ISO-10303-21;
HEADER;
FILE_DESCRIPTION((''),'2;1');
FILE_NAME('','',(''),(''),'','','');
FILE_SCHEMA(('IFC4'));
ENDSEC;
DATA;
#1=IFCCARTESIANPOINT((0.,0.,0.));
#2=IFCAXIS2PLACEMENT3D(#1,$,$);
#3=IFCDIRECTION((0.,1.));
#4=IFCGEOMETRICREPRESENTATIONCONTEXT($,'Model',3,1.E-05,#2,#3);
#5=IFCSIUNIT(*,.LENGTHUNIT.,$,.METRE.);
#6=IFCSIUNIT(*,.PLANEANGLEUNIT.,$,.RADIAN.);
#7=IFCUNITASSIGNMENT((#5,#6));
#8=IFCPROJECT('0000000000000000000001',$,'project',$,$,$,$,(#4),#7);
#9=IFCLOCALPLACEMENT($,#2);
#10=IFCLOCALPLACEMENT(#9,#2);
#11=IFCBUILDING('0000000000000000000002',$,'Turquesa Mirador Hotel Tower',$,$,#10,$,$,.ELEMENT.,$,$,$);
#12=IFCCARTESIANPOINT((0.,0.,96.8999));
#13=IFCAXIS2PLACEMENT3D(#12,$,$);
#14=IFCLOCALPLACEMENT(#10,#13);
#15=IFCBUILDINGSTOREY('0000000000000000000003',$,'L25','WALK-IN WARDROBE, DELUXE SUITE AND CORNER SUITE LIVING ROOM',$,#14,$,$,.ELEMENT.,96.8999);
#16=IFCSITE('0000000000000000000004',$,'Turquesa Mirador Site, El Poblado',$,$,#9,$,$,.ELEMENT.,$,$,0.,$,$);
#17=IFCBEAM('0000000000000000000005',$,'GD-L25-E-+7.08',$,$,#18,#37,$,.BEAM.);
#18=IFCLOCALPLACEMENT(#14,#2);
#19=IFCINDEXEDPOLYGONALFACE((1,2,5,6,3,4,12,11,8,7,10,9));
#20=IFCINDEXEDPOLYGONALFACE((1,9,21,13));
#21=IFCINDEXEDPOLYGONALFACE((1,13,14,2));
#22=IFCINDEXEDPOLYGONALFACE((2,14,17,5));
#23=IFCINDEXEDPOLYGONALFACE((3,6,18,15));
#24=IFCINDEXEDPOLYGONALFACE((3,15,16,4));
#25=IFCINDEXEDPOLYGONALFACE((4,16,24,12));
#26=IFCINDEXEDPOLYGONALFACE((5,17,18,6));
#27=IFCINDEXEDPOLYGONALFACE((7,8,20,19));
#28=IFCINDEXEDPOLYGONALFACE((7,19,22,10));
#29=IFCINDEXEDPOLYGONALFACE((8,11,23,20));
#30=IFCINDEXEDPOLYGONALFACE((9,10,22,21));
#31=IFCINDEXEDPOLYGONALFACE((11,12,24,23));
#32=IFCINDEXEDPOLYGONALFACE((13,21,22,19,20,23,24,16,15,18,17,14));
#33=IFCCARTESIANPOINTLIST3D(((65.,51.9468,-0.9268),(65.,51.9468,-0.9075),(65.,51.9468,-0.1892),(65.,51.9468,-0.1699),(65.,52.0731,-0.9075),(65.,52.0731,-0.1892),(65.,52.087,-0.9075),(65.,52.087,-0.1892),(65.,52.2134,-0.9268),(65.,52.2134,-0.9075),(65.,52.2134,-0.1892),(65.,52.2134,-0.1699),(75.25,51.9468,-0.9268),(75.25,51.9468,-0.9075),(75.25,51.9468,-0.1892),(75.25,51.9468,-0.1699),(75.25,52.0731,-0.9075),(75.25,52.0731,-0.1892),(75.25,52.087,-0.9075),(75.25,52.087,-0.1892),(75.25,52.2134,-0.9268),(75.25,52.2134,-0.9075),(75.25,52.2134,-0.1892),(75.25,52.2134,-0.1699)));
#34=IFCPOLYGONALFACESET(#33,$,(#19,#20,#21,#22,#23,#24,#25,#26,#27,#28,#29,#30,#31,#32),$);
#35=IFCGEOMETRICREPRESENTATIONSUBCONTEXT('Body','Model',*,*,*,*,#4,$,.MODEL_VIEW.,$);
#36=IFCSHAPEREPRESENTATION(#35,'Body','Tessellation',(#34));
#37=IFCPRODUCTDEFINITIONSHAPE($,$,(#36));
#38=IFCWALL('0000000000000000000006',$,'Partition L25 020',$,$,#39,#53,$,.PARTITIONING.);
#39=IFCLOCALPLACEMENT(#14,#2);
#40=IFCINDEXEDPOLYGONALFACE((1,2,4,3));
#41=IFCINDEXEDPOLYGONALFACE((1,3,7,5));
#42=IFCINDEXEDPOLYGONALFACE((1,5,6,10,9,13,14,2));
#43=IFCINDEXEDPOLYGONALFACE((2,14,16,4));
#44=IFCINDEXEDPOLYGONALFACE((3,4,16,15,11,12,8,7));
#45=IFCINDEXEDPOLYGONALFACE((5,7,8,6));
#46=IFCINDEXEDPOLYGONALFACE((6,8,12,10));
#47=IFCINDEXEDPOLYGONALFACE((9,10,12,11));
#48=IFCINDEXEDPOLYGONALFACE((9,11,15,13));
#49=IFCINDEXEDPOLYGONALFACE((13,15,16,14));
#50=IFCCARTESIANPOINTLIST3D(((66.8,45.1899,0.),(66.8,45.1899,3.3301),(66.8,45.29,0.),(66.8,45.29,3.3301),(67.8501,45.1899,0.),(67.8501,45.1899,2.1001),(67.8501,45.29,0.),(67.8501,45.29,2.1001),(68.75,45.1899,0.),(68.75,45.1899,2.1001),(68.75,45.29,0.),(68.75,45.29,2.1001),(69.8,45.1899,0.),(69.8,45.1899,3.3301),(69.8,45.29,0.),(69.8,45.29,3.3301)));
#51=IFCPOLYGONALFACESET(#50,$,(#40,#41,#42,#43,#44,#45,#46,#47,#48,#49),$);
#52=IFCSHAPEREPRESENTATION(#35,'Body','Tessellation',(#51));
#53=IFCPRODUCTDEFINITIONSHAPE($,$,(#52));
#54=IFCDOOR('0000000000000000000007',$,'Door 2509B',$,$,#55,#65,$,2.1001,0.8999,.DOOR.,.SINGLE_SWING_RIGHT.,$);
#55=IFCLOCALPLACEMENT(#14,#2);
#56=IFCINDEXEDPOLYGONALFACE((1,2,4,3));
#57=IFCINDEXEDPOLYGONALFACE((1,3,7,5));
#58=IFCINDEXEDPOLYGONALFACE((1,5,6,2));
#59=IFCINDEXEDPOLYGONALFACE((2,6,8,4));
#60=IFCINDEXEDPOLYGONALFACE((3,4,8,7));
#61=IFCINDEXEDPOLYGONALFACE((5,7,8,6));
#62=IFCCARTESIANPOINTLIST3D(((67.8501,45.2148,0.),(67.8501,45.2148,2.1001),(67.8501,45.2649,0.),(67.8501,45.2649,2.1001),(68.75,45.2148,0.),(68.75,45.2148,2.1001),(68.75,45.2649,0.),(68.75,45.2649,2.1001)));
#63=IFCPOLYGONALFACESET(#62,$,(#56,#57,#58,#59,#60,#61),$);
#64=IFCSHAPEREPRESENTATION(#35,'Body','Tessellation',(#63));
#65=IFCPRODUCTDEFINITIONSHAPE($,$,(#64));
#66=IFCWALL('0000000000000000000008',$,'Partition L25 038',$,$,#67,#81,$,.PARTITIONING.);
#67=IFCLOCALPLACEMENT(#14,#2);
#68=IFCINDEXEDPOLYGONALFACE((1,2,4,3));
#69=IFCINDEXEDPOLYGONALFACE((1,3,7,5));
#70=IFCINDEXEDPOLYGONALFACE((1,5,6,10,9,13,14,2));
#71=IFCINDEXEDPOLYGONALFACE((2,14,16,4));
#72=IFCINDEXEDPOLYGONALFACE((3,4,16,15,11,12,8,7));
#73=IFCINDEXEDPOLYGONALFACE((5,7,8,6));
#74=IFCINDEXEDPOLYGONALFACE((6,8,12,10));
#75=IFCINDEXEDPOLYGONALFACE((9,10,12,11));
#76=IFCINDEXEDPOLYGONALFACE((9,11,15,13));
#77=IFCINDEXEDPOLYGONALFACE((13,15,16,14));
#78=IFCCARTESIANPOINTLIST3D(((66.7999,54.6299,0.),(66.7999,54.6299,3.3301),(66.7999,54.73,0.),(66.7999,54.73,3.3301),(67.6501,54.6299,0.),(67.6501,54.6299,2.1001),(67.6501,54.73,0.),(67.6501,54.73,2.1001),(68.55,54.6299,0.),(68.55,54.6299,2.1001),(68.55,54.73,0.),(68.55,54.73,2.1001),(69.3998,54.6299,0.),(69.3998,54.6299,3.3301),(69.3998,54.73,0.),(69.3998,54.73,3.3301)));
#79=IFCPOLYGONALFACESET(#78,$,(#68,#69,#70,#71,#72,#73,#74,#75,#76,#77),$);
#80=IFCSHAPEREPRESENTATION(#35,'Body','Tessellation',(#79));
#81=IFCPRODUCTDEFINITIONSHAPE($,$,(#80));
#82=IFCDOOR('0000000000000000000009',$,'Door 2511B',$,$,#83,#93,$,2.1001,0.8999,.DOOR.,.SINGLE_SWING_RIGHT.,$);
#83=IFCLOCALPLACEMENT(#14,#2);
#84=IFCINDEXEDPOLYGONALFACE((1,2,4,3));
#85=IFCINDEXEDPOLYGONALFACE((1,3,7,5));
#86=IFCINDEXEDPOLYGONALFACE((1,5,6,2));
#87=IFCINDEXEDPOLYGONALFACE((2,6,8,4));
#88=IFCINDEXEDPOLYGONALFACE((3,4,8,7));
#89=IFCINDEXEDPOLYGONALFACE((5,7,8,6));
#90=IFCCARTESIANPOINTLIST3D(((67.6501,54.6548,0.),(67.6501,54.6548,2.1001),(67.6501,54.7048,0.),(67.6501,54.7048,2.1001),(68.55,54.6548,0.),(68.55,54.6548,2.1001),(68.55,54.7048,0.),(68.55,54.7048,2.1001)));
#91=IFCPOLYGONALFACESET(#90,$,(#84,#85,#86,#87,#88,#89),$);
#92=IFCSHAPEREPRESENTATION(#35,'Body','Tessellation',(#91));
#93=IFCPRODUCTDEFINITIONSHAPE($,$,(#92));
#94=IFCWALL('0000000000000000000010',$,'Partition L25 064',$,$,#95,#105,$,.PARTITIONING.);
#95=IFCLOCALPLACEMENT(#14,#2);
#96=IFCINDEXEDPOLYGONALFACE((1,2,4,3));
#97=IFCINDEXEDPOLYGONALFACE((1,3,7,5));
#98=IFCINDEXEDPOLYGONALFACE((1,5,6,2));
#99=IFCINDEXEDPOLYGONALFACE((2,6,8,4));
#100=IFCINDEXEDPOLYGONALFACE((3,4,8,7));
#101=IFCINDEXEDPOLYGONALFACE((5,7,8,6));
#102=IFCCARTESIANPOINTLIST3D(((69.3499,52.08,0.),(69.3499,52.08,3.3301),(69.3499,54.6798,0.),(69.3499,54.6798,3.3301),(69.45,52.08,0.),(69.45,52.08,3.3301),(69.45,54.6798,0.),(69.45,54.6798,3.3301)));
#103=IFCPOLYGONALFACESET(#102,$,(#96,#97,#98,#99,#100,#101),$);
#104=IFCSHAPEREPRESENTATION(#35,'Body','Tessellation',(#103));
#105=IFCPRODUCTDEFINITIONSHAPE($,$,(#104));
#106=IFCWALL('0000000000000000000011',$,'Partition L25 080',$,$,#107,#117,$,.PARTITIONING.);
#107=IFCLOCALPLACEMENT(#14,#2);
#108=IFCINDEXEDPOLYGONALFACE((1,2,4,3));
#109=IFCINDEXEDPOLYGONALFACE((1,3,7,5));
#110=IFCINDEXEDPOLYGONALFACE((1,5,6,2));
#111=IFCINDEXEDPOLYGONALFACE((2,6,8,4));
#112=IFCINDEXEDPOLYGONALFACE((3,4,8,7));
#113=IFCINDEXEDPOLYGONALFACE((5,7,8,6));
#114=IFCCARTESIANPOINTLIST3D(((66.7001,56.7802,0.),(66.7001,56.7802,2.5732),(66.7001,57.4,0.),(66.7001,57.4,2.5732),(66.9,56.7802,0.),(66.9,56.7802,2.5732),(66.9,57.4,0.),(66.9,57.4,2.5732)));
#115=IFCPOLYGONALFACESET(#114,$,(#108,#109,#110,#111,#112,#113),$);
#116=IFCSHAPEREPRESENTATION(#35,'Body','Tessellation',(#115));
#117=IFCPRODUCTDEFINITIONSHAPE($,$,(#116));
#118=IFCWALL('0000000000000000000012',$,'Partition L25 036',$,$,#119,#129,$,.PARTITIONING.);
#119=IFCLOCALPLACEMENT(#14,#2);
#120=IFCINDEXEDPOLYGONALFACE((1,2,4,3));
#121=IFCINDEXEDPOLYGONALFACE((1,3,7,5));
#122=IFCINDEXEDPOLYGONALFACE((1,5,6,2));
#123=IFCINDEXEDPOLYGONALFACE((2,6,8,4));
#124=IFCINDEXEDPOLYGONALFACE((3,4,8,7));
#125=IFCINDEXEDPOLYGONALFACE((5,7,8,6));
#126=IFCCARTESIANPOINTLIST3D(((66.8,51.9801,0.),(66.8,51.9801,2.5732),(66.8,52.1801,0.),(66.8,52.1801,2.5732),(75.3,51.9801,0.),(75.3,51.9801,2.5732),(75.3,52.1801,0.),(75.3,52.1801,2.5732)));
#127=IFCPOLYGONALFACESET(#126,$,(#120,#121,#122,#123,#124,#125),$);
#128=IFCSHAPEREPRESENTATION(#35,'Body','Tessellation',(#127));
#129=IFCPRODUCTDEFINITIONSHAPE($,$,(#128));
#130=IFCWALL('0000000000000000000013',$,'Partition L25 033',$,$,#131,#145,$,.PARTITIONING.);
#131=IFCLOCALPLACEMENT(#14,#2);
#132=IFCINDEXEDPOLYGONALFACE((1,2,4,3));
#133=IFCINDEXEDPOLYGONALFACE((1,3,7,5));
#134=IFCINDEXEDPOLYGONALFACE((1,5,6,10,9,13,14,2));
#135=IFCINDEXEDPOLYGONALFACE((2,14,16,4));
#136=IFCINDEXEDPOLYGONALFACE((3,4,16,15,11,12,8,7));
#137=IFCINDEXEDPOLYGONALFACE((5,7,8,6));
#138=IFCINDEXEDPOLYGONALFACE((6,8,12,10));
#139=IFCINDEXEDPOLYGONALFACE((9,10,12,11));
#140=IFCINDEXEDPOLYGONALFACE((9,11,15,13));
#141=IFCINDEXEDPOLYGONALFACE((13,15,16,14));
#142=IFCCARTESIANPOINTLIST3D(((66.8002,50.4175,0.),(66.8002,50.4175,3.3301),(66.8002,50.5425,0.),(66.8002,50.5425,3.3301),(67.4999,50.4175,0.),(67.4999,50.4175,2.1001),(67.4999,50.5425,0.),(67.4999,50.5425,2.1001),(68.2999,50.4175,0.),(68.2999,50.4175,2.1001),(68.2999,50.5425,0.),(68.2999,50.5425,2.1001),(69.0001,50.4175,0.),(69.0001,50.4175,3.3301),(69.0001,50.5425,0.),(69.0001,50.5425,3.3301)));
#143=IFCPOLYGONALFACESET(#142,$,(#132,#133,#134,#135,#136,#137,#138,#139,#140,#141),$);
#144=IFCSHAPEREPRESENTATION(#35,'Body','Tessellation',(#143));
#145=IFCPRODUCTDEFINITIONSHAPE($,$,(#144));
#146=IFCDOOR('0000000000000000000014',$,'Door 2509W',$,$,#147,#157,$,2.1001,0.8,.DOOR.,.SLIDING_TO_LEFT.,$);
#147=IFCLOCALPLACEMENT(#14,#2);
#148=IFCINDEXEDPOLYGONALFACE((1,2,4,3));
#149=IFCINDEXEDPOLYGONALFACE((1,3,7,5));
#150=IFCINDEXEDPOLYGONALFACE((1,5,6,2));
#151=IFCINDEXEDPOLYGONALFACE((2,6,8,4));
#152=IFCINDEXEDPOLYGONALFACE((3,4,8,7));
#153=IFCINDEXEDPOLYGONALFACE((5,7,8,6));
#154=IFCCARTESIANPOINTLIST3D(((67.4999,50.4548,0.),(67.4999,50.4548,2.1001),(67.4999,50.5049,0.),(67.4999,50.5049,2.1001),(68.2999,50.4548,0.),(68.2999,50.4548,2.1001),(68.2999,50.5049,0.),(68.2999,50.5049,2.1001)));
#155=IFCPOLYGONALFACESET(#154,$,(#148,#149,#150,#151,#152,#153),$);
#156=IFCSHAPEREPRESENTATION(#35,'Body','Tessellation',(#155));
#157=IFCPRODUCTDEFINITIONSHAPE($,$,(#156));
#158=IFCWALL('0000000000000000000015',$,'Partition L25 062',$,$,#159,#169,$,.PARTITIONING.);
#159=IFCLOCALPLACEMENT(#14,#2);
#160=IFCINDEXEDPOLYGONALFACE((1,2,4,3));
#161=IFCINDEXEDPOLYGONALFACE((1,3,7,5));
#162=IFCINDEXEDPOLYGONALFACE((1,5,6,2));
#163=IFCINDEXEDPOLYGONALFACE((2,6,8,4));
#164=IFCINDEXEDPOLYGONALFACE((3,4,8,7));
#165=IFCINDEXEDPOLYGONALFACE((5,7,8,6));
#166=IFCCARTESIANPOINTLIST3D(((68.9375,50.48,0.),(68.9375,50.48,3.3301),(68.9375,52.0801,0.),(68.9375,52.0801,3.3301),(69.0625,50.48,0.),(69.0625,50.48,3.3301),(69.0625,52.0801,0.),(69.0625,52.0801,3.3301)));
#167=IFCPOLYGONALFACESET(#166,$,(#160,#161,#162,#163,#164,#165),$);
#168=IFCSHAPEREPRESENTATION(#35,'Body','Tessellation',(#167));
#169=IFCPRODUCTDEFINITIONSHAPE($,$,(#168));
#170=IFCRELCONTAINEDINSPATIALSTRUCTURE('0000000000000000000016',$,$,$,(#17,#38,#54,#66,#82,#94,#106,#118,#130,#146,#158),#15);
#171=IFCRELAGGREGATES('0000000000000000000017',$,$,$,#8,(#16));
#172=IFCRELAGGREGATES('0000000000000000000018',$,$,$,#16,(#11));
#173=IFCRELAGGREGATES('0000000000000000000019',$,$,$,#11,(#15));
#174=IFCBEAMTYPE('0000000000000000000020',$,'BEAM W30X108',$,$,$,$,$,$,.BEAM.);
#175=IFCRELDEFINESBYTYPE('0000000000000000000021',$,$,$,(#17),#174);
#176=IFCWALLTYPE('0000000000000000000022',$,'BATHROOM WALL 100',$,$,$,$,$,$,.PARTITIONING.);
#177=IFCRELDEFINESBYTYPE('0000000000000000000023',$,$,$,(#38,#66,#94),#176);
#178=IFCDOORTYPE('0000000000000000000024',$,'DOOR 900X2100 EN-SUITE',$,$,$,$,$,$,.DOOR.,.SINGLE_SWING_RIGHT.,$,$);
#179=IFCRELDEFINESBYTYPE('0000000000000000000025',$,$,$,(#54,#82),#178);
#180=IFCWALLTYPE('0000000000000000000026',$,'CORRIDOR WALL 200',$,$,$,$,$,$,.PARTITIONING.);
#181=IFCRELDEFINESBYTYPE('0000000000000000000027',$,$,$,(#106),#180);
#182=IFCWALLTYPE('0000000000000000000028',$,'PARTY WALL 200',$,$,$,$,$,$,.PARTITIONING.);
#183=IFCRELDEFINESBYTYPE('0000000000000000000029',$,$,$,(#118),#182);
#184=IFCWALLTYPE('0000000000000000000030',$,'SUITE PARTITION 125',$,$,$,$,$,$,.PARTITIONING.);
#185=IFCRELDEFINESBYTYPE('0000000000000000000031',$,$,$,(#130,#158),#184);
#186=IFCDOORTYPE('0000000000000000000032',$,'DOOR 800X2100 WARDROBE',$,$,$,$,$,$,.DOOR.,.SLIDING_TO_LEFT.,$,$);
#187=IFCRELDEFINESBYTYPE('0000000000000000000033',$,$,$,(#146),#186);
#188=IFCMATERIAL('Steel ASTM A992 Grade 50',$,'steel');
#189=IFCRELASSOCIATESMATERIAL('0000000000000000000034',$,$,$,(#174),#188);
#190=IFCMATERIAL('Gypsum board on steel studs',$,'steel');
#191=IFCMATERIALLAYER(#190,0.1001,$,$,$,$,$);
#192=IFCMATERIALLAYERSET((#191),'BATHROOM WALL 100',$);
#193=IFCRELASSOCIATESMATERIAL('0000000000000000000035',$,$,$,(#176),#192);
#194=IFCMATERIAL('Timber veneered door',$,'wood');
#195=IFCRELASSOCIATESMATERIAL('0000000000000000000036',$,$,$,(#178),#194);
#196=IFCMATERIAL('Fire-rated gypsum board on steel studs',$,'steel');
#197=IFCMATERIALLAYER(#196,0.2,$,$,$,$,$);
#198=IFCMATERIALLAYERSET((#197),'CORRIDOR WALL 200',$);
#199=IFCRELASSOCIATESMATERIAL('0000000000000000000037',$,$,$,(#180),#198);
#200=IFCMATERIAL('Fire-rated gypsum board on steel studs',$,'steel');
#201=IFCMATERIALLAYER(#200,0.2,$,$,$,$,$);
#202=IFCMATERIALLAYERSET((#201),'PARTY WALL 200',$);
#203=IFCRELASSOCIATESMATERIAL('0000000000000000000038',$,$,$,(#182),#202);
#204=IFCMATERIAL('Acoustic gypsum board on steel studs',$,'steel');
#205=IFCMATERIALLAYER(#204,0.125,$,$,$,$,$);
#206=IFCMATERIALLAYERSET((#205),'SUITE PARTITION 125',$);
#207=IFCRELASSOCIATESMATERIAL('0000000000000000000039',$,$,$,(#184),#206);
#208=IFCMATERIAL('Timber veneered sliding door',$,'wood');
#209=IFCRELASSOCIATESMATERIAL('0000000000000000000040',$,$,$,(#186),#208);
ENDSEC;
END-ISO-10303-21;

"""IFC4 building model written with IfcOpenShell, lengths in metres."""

from ifc_helpers import new_model, si_unit, direction, frame, frame_2d, origin, origin_2d, place, context, subcontext, project, spatial, rectangle, i_section, extrude, material, layer, layer_set, material_profile, profile_set, type_object, element, fill, save


model = new_model("IFC4")

# Units and contexts
model_context = context("Model", 3, precision=1e-05, world=origin(), true_north=direction((0.0, 1.0)))
body_context = subcontext(model_context, "Body", "Model", "MODEL_VIEW")
ifc_project = project(units=[si_unit("LENGTHUNIT", "METRE"), si_unit("PLANEANGLEUNIT", "RADIAN")], contexts=[model_context])

# Site, building, storey
site_placement = place(None, origin())
site = spatial("IfcSite", under=ifc_project, at=site_placement, Name="Turquesa Mirador Site, El Poblado", CompositionType="ELEMENT", RefElevation=0.0)
building_placement = place(site_placement, origin())
building = spatial("IfcBuilding", under=site, at=building_placement, Name="Turquesa Mirador Hotel Tower", CompositionType="ELEMENT")
storey_placement = place(building_placement, frame((0.0, 0.0, 96.8999)))
storey = spatial("IfcBuildingStorey", under=building, at=storey_placement, Name="L25", Description="WALK-IN WARDROBE, DELUXE SUITE AND CORNER SUITE LIVING ROOM", CompositionType="ELEMENT", Elevation=96.8999)

# Beam
ifc_material_1 = material(Name="Steel ASTM A992 Grade 50", Category="steel")
ifc_material_profile_1 = material_profile(ifc_material_1, i_section(OverallWidth=0.2666, OverallDepth=0.7568, WebThickness=0.0139, FlangeThickness=0.0193, at=origin_2d()), Name="W30X108")
ifc_profile_set_1 = profile_set([ifc_material_profile_1], Name="Steel ASTM A992 Grade 50")
beam_type_1 = type_object("IfcBeamType", Name="BEAM W30X108", PredefinedType="BEAM", material=ifc_profile_set_1)
beam_1_placement = place(storey_placement, frame((75.25, 52.0801, -0.5483), z_axis=(-1.0, 0.0, 0.0), x_axis=(0.0, -1.0, 0.0)))
element("IfcBeam", 1, at=beam_1_placement, inside=storey, type_object=beam_type_1, Name="GD-L25-E-+7.08", PredefinedType="BEAM", context=body_context, shape_type="SweptSolid", body=[
    extrude(i_section(OverallWidth=0.2666, OverallDepth=0.7568, WebThickness=0.0139, FlangeThickness=0.0193, at=origin_2d()), origin(), (0.0, 0.0, 1.0), 10.25),
])

# Walls, openings, doors
ifc_material_2 = material(Name="Gypsum board on steel studs", Category="steel")
ifc_layer_1 = layer(ifc_material_2, 0.1001)
ifc_layer_set_1 = layer_set([ifc_layer_1], Name="BATHROOM WALL 100")
wall_type_1 = type_object("IfcWallType", Name="BATHROOM WALL 100", PredefinedType="PARTITIONING", material=ifc_layer_set_1)
wall_1_placement = place(storey_placement, frame((66.8, 45.24, 0.0), z_axis=(0.0, 0.0, 1.0), x_axis=(1.0, 0.0, 0.0)))
wall_1 = element("IfcWall", 2, at=wall_1_placement, inside=storey, type_object=wall_type_1, Name="Partition L25 020", PredefinedType="PARTITIONING", context=body_context, shape_type="SweptSolid", body=[
    extrude(rectangle(XDim=3.0, YDim=0.1001, at=frame_2d((1.5, 0.0))), origin(), (0.0, 0.0, 1.0), 3.3301),
])
opening_1_placement = place(wall_1_placement, frame((1.05, 0.0, 0.0)))
opening_1 = element("IfcOpeningElement", 3, at=opening_1_placement, cuts=wall_1, PredefinedType="OPENING", context=body_context, shape_type="SweptSolid", body=[
    extrude(rectangle(XDim=0.8999, YDim=2.1001, at=frame_2d((0.45, 1.05))), frame((0.0, 0.0601, 0.0), z_axis=(0.0, -1.0, 0.0), x_axis=(1.0, 0.0, 0.0)), (0.0, 0.0, 1.0), 0.1201),
])
ifc_material_3 = material(Name="Timber veneered door", Category="wood")
door_type_1 = type_object("IfcDoorType", Name="DOOR 900X2100 EN-SUITE", OperationType="SINGLE_SWING_RIGHT", PredefinedType="DOOR", material=ifc_material_3)
door_1_placement = place(opening_1_placement, origin())
door_1 = element("IfcDoor", 4, at=door_1_placement, inside=storey, type_object=door_type_1, Name="Door 2509B", OperationType="SINGLE_SWING_RIGHT", OverallHeight=2.1001, OverallWidth=0.8999, PredefinedType="DOOR", context=body_context, shape_type="SweptSolid", body=[
    extrude(rectangle(XDim=0.8999, YDim=2.1001, at=frame_2d((0.45, 1.05))), frame((0.0, 0.0249, 0.0), z_axis=(0.0, -1.0, 0.0), x_axis=(1.0, 0.0, 0.0)), (0.0, 0.0, 1.0), 0.05),
])
fill(opening_1, door_1)
wall_2_placement = place(storey_placement, frame((66.8, 54.6799, 0.0), z_axis=(0.0, 0.0, 1.0), x_axis=(1.0, 0.0, 0.0)))
wall_2 = element("IfcWall", 5, at=wall_2_placement, inside=storey, type_object=wall_type_1, Name="Partition L25 038", PredefinedType="PARTITIONING", context=body_context, shape_type="SweptSolid", body=[
    extrude(rectangle(XDim=2.5999, YDim=0.1001, at=frame_2d((1.2998, 0.0))), origin(), (0.0, 0.0, 1.0), 3.3301),
])
opening_2_placement = place(wall_2_placement, frame((0.8501, 0.0, 0.0)))
opening_2 = element("IfcOpeningElement", 6, at=opening_2_placement, cuts=wall_2, PredefinedType="OPENING", context=body_context, shape_type="SweptSolid", body=[
    extrude(rectangle(XDim=0.8999, YDim=2.1001, at=frame_2d((0.45, 1.05))), frame((0.0, 0.0601, 0.0), z_axis=(0.0, -1.0, 0.0), x_axis=(1.0, 0.0, 0.0)), (0.0, 0.0, 1.0), 0.1201),
])
door_2_placement = place(opening_2_placement, origin())
door_2 = element("IfcDoor", 7, at=door_2_placement, inside=storey, type_object=door_type_1, Name="Door 2511B", OperationType="SINGLE_SWING_RIGHT", OverallHeight=2.1001, OverallWidth=0.8999, PredefinedType="DOOR", context=body_context, shape_type="SweptSolid", body=[
    extrude(rectangle(XDim=0.8999, YDim=2.1001, at=frame_2d((0.45, 1.05))), frame((0.0, 0.0249, 0.0), z_axis=(0.0, -1.0, 0.0), x_axis=(1.0, 0.0, 0.0)), (0.0, 0.0, 1.0), 0.05),
])
fill(opening_2, door_2)

# Walls
wall_3_placement = place(storey_placement, frame((69.3999, 52.0801, 0.0), z_axis=(0.0, 0.0, 1.0), x_axis=(0.0, 1.0, 0.0)))
element("IfcWall", 8, at=wall_3_placement, inside=storey, type_object=wall_type_1, Name="Partition L25 064", PredefinedType="PARTITIONING", context=body_context, shape_type="SweptSolid", body=[
    extrude(rectangle(XDim=2.5999, YDim=0.1001, at=frame_2d((1.2998, 0.0))), origin(), (0.0, 0.0, 1.0), 3.3301),
])
ifc_material_4 = material(Name="Fire-rated gypsum board on steel studs", Category="steel")
ifc_layer_2 = layer(ifc_material_4, 0.2)
ifc_layer_set_2 = layer_set([ifc_layer_2], Name="CORRIDOR WALL 200")
wall_type_2 = type_object("IfcWallType", Name="CORRIDOR WALL 200", PredefinedType="PARTITIONING", material=ifc_layer_set_2)
wall_4_placement = place(storey_placement, frame((66.8, 56.78, 0.0), z_axis=(0.0, 0.0, 1.0), x_axis=(0.0, 1.0, 0.0)))
element("IfcWall", 9, at=wall_4_placement, inside=storey, type_object=wall_type_2, Name="Partition L25 080", PredefinedType="PARTITIONING", context=body_context, shape_type="SweptSolid", body=[
    extrude(rectangle(XDim=0.6199, YDim=0.2, at=frame_2d((0.3101, 0.0))), origin(), (0.0, 0.0, 1.0), 2.5732),
])
ifc_material_5 = material(Name="Fire-rated gypsum board on steel studs", Category="steel")
ifc_layer_3 = layer(ifc_material_5, 0.2)
ifc_layer_set_3 = layer_set([ifc_layer_3], Name="PARTY WALL 200")
wall_type_3 = type_object("IfcWallType", Name="PARTY WALL 200", PredefinedType="PARTITIONING", material=ifc_layer_set_3)
wall_5_placement = place(storey_placement, frame((66.8, 52.0801, 0.0), z_axis=(0.0, 0.0, 1.0), x_axis=(1.0, 0.0, 0.0)))
element("IfcWall", 10, at=wall_5_placement, inside=storey, type_object=wall_type_3, Name="Partition L25 036", PredefinedType="PARTITIONING", context=body_context, shape_type="SweptSolid", body=[
    extrude(rectangle(XDim=8.5, YDim=0.2, at=frame_2d((4.25, 0.0))), origin(), (0.0, 0.0, 1.0), 2.5732),
])

# Wall, opening, door
ifc_material_6 = material(Name="Acoustic gypsum board on steel studs", Category="steel")
ifc_layer_4 = layer(ifc_material_6, 0.125)
ifc_layer_set_4 = layer_set([ifc_layer_4], Name="SUITE PARTITION 125")
wall_type_4 = type_object("IfcWallType", Name="SUITE PARTITION 125", PredefinedType="PARTITIONING", material=ifc_layer_set_4)
wall_6_placement = place(storey_placement, frame((66.8, 50.48, 0.0), z_axis=(0.0, 0.0, 1.0), x_axis=(1.0, 0.0, 0.0)))
wall_6 = element("IfcWall", 11, at=wall_6_placement, inside=storey, type_object=wall_type_4, Name="Partition L25 033", PredefinedType="PARTITIONING", context=body_context, shape_type="SweptSolid", body=[
    extrude(rectangle(XDim=2.2, YDim=0.125, at=frame_2d((1.1001, 0.0))), origin(), (0.0, 0.0, 1.0), 3.3301),
])
opening_3_placement = place(wall_6_placement, frame((0.7, 0.0, 0.0)))
opening_3 = element("IfcOpeningElement", 12, at=opening_3_placement, cuts=wall_6, PredefinedType="OPENING", context=body_context, shape_type="SweptSolid", body=[
    extrude(rectangle(XDim=0.8, YDim=2.1001, at=frame_2d((0.3999, 1.05))), frame((0.0, 0.0725, 0.0), z_axis=(0.0, -1.0, 0.0), x_axis=(1.0, 0.0, 0.0)), (0.0, 0.0, 1.0), 0.145),
])
ifc_material_7 = material(Name="Timber veneered sliding door", Category="wood")
door_type_2 = type_object("IfcDoorType", Name="DOOR 800X2100 WARDROBE", OperationType="SLIDING_TO_LEFT", PredefinedType="DOOR", material=ifc_material_7)
door_3_placement = place(opening_3_placement, origin())
door_3 = element("IfcDoor", 13, at=door_3_placement, inside=storey, type_object=door_type_2, Name="Door 2509W", OperationType="SLIDING_TO_LEFT", OverallHeight=2.1001, OverallWidth=0.8, PredefinedType="DOOR", context=body_context, shape_type="SweptSolid", body=[
    extrude(rectangle(XDim=0.8, YDim=2.1001, at=frame_2d((0.3999, 1.05))), frame((0.0, 0.0249, 0.0), z_axis=(0.0, -1.0, 0.0), x_axis=(1.0, 0.0, 0.0)), (0.0, 0.0, 1.0), 0.05),
])
fill(opening_3, door_3)

# Wall
wall_7_placement = place(storey_placement, frame((69.0, 50.48, 0.0), z_axis=(0.0, 0.0, 1.0), x_axis=(0.0, 1.0, 0.0)))
element("IfcWall", 14, at=wall_7_placement, inside=storey, type_object=wall_type_4, Name="Partition L25 062", PredefinedType="PARTITIONING", context=body_context, shape_type="SweptSolid", body=[
    extrude(rectangle(XDim=1.6001, YDim=0.125, at=frame_2d((0.8, 0.0))), origin(), (0.0, 0.0, 1.0), 3.3301),
])

save(model, "model.ifc")
